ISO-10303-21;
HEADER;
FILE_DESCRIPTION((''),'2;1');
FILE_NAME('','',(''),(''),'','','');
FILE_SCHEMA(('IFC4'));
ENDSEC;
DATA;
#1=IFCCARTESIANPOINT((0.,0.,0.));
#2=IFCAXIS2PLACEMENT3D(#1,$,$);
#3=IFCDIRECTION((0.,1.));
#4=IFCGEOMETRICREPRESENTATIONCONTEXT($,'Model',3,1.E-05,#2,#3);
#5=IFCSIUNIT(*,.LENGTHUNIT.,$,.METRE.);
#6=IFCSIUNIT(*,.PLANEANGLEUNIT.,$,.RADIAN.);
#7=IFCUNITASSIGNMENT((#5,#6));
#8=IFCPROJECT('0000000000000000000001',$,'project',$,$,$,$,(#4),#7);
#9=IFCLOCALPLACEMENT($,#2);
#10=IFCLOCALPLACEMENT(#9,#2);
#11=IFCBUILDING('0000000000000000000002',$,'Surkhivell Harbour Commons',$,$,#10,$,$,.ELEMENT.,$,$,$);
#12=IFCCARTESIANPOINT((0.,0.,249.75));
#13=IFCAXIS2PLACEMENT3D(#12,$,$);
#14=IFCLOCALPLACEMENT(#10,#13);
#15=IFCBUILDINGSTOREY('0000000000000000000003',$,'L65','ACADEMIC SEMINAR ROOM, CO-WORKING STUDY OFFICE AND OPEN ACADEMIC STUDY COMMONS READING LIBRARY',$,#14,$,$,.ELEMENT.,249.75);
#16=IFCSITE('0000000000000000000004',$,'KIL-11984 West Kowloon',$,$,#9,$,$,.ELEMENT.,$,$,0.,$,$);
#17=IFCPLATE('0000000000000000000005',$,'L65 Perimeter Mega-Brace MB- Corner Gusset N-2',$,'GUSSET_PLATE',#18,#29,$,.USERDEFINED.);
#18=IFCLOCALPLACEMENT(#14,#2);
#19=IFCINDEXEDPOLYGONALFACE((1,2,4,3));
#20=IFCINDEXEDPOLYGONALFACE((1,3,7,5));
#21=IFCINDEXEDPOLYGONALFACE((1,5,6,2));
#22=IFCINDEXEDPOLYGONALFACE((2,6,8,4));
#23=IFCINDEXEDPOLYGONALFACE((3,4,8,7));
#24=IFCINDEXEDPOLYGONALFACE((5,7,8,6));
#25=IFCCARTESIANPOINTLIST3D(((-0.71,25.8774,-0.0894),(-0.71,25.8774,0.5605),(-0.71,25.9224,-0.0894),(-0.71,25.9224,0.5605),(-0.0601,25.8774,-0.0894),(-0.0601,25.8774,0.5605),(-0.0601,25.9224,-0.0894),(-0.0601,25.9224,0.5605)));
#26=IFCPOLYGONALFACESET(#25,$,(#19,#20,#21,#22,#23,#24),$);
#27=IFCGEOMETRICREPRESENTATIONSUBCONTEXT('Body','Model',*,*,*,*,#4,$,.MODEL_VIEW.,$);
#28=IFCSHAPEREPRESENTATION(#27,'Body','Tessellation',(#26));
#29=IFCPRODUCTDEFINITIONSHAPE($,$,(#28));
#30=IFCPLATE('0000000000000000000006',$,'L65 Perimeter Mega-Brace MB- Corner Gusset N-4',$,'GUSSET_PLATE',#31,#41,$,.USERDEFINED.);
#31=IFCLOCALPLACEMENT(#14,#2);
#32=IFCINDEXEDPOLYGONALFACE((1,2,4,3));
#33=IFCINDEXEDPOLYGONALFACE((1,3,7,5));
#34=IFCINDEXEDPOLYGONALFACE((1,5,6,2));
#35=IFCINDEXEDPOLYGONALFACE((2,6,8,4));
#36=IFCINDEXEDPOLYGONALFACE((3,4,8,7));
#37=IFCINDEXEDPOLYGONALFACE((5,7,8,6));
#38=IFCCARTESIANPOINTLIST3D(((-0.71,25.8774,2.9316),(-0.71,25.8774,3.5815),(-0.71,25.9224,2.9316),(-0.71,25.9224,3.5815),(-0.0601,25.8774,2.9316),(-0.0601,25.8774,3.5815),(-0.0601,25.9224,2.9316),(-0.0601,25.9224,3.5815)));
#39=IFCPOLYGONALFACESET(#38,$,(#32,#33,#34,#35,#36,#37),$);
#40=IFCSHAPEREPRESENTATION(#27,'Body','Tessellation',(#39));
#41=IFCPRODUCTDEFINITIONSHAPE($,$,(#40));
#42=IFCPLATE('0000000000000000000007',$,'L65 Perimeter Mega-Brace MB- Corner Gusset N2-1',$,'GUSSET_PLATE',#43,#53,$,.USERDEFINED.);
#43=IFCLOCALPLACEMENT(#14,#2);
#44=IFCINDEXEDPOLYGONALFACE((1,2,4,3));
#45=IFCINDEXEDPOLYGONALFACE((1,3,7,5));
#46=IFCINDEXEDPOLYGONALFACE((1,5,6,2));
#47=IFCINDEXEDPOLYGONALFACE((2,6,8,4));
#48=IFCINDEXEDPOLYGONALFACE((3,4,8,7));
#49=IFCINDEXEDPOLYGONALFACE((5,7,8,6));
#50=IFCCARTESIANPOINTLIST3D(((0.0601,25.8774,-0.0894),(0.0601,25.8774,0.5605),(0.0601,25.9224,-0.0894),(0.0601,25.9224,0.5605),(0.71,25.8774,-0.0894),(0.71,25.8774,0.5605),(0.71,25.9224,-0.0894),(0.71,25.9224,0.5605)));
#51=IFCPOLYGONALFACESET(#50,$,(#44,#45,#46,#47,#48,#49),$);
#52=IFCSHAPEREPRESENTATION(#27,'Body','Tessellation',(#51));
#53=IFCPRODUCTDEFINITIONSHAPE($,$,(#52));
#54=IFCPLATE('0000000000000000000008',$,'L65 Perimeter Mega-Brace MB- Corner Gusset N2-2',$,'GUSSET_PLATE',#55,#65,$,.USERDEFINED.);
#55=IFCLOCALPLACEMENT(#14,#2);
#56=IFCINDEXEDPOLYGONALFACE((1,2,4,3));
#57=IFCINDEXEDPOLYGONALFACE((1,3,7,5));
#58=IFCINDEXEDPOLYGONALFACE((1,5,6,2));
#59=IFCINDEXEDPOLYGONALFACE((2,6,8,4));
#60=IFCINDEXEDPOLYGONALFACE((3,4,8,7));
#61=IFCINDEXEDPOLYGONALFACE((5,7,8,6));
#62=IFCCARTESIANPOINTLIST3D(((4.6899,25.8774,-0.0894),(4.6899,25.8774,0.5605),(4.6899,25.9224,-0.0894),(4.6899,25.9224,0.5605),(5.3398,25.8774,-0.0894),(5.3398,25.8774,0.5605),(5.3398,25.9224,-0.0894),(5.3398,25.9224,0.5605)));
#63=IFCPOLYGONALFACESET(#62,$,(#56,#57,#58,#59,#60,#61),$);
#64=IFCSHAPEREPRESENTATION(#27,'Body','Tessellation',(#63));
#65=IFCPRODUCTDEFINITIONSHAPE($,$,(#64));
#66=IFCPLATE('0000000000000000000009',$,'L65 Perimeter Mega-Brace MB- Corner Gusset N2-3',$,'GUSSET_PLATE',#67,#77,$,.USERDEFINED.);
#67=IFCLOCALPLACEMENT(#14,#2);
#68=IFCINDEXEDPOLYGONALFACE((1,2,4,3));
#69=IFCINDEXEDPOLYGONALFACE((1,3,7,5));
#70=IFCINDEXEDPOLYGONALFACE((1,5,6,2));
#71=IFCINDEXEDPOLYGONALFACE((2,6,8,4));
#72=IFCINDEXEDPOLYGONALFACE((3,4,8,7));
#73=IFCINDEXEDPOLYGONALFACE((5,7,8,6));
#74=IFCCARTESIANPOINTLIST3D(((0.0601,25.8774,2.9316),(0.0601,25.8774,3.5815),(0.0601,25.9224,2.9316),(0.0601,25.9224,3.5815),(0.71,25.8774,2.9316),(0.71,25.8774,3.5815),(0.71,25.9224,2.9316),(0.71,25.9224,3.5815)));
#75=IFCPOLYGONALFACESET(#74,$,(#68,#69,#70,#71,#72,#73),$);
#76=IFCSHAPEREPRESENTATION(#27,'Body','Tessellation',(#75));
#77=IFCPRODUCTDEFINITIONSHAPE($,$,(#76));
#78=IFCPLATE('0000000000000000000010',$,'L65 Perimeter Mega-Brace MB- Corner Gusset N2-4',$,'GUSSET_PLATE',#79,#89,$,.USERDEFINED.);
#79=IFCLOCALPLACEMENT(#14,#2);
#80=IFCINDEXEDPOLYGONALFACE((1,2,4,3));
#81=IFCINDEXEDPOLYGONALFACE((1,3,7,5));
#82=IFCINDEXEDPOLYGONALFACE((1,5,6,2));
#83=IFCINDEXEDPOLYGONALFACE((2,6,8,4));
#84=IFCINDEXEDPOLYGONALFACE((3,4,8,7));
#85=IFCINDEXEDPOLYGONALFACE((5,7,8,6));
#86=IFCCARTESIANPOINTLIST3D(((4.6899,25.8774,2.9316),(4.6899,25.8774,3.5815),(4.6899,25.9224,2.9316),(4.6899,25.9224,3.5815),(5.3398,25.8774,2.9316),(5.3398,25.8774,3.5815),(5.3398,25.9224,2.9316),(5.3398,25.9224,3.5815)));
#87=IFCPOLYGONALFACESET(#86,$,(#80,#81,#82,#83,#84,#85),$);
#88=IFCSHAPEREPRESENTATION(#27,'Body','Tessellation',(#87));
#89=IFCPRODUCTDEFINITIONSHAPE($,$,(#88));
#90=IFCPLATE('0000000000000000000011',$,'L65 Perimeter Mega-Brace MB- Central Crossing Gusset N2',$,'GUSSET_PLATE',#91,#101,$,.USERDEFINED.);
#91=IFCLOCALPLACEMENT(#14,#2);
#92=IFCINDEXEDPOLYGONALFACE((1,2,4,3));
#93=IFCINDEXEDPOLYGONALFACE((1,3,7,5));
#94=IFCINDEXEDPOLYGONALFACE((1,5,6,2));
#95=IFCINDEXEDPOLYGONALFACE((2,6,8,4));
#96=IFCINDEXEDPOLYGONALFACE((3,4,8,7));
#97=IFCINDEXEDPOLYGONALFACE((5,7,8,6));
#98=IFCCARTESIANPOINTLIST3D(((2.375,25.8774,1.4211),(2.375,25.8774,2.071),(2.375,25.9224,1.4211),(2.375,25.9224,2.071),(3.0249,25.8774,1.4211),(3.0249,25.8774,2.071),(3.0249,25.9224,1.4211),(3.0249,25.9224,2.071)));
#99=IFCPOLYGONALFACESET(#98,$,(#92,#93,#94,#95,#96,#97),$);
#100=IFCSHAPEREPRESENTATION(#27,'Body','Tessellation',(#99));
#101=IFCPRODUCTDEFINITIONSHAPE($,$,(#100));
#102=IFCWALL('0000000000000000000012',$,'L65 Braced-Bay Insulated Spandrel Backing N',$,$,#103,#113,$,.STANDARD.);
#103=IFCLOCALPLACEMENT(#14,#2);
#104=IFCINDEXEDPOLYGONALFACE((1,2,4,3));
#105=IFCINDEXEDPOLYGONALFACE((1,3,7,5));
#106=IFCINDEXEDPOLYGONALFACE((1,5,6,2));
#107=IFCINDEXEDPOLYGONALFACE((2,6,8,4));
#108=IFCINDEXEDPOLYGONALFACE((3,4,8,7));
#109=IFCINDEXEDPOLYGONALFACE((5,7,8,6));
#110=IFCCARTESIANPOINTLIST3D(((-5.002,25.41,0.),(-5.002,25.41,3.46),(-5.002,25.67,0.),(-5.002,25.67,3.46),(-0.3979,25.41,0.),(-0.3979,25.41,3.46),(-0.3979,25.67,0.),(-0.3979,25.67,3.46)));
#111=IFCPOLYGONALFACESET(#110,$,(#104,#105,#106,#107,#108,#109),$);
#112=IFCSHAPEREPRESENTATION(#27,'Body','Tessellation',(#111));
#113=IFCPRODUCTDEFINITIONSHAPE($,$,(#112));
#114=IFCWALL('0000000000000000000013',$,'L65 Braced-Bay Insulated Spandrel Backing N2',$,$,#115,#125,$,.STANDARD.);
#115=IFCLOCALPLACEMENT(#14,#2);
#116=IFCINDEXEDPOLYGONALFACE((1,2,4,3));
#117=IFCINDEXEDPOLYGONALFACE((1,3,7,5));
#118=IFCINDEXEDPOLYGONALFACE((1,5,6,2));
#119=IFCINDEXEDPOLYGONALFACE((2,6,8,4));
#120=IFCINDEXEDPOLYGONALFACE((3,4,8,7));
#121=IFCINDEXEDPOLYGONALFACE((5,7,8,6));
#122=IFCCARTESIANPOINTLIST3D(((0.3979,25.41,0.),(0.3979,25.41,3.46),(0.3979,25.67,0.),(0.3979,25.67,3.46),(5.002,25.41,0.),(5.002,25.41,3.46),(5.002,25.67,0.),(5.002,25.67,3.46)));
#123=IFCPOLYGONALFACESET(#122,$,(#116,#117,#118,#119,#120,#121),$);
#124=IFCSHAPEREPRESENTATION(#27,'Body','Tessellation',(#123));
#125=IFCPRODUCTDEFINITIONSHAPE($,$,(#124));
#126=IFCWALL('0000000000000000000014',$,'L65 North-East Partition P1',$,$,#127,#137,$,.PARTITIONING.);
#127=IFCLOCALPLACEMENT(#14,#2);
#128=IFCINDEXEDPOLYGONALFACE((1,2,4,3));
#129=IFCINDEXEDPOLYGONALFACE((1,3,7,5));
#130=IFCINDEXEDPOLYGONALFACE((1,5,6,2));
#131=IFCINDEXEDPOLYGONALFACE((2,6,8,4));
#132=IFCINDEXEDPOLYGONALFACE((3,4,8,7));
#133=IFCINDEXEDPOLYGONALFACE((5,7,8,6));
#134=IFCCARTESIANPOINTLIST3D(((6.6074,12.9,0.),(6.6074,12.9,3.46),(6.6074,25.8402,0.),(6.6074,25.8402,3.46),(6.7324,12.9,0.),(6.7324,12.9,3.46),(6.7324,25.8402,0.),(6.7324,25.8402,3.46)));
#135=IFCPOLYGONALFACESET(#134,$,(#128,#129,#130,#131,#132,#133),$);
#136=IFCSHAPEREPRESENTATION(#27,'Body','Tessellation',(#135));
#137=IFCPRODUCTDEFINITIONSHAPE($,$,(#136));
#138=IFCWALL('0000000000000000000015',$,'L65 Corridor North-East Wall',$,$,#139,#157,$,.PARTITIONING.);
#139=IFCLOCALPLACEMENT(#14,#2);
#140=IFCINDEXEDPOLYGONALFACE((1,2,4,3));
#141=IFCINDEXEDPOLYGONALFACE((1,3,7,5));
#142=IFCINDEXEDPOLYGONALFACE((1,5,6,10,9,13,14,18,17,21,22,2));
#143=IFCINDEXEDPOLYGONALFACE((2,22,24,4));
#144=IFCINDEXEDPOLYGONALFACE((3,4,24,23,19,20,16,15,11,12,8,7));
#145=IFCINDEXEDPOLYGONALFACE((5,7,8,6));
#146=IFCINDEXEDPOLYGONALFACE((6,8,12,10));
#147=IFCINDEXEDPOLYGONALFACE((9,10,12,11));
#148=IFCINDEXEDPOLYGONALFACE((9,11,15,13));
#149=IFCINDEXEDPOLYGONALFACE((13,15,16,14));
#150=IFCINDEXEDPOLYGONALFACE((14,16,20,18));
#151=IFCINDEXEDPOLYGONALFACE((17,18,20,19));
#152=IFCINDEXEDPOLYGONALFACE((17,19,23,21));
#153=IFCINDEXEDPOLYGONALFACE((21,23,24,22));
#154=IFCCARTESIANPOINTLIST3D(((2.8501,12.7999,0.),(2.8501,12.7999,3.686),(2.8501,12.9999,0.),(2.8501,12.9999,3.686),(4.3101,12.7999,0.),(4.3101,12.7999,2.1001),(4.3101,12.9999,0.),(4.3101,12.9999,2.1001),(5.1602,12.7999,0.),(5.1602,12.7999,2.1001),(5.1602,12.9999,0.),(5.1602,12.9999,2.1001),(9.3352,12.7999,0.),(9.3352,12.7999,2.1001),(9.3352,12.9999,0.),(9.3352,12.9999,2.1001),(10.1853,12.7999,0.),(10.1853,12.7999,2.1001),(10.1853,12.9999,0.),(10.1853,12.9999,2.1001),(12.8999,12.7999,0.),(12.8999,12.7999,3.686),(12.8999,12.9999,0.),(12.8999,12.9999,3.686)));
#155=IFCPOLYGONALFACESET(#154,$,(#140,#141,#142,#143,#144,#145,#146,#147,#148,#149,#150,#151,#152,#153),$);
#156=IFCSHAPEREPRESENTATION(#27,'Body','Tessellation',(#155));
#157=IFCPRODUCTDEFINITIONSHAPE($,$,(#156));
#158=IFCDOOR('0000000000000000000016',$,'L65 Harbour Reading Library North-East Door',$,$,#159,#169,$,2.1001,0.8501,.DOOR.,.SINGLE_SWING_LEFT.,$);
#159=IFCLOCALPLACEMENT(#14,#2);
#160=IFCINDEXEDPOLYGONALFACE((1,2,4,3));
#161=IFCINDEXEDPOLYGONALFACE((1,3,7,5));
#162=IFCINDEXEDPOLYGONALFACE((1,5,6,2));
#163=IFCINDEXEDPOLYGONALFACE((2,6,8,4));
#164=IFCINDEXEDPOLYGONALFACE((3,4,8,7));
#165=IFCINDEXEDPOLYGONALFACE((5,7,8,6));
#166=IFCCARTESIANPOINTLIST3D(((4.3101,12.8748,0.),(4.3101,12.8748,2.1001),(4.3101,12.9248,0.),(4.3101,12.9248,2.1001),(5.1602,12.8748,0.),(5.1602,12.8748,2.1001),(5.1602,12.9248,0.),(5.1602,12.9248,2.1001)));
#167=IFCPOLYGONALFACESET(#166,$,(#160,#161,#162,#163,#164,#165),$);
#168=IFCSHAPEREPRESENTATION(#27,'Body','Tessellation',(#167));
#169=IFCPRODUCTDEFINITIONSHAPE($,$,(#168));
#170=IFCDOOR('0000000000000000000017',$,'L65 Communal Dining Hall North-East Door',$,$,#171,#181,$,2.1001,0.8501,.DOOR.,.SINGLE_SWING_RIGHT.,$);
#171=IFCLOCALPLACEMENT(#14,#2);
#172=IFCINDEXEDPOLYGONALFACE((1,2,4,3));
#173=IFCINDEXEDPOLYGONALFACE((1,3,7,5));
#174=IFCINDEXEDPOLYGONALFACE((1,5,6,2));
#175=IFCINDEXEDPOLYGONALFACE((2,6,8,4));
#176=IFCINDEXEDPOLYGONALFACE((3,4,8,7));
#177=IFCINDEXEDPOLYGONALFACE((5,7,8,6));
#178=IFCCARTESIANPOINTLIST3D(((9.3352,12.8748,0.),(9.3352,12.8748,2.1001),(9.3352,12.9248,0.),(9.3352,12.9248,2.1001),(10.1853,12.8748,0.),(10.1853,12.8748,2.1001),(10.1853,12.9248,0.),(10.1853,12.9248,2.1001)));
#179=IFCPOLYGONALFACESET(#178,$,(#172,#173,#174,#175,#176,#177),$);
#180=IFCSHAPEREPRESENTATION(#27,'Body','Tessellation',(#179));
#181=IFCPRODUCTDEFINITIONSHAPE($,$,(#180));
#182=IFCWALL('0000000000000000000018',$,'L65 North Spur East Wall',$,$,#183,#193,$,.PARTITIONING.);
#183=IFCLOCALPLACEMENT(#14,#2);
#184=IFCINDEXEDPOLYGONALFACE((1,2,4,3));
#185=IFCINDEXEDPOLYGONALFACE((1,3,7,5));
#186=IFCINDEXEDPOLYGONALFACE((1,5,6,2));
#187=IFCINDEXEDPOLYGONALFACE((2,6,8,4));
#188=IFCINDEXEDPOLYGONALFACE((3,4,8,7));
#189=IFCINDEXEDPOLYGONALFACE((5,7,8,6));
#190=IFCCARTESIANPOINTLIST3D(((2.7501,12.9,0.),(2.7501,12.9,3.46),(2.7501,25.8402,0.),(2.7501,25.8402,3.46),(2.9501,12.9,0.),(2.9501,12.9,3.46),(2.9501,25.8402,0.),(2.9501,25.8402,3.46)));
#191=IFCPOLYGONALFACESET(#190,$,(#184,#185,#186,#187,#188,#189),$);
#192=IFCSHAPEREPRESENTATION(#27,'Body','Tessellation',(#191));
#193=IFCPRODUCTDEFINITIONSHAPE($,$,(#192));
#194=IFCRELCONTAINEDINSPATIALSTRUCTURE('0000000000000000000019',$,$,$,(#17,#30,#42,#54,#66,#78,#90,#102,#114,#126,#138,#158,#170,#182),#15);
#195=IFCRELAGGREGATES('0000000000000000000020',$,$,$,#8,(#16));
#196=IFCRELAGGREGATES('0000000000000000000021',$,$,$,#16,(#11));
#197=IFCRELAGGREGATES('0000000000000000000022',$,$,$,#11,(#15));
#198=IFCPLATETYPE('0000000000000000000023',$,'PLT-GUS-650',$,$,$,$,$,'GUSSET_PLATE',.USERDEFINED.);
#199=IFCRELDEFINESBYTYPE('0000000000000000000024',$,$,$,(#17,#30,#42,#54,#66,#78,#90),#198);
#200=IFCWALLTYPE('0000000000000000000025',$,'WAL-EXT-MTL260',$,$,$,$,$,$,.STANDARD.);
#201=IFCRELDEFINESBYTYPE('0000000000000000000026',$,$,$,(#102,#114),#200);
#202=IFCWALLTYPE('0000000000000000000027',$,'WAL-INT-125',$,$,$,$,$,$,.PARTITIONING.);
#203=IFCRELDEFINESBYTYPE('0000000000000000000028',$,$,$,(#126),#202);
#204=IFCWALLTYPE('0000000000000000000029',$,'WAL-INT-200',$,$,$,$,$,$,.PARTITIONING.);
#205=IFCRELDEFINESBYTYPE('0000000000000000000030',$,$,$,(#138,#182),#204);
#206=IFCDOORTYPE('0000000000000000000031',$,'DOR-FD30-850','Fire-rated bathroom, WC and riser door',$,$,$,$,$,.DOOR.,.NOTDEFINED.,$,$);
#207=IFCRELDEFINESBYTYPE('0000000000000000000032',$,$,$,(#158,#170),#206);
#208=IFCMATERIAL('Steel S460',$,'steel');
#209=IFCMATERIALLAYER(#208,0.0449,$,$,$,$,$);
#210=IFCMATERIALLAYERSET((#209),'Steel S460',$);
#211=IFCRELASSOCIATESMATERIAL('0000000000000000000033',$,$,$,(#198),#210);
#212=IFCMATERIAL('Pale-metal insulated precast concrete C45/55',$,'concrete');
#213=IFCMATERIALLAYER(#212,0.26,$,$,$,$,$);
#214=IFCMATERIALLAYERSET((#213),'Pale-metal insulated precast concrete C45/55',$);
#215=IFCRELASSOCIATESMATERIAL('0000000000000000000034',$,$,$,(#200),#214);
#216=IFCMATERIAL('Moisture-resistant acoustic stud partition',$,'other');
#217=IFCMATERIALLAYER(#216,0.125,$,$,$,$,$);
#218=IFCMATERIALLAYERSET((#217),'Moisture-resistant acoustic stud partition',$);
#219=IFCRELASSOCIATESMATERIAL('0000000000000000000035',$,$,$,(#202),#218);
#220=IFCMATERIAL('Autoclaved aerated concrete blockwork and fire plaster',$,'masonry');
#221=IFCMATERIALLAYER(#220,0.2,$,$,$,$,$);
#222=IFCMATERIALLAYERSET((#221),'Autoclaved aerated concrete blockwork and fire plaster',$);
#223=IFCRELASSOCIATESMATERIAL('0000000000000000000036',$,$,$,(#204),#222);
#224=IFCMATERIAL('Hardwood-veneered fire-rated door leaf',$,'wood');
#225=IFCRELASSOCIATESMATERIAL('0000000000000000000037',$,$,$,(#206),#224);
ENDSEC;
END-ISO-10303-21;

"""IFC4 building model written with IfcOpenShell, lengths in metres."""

from ifc_helpers import new_model, si_unit, direction, frame, frame_2d, origin, origin_2d, place, context, subcontext, project, spatial, rectangle, extrude, material, layer, layer_set, type_object, element, fill, save


model = new_model("IFC4")

# Units and contexts
model_context = context("Model", 3, precision=1e-05, world=origin(), true_north=direction((0.0, 1.0)))
body_context = subcontext(model_context, "Body", "Model", "MODEL_VIEW")
ifc_project = project(units=[si_unit("LENGTHUNIT", "METRE"), si_unit("PLANEANGLEUNIT", "RADIAN")], contexts=[model_context])

# Site, building, storey
site_placement = place(None, origin())
site = spatial("IfcSite", under=ifc_project, at=site_placement, Name="KIL-11984 West Kowloon", CompositionType="ELEMENT", RefElevation=0.0)
building_placement = place(site_placement, origin())
building = spatial("IfcBuilding", under=site, at=building_placement, Name="Surkhivell Harbour Commons", CompositionType="ELEMENT")
storey_placement = place(building_placement, frame((0.0, 0.0, 249.75)))
storey = spatial("IfcBuildingStorey", under=building, at=storey_placement, Name="L65", Description="ACADEMIC SEMINAR ROOM, CO-WORKING STUDY OFFICE AND OPEN ACADEMIC STUDY COMMONS READING LIBRARY", CompositionType="ELEMENT", Elevation=249.75)

# Shared definitions
ifc_material_1 = material(Name="Steel S460", Category="steel")

# Plates
ifc_layer_1 = layer(ifc_material_1, 0.0449)
ifc_layer_set_1 = layer_set([ifc_layer_1], Name="Steel S460")
plate_type = type_object("IfcPlateType", Name="PLT-GUS-650", ElementType="GUSSET_PLATE", PredefinedType="USERDEFINED", material=ifc_layer_set_1)
for number, where, z_axis, x_axis, name in (
    (1, (-0.385, 25.8999, -0.0894), (0.0, 0.0, 1.0), (1.0, 0.0, 0.0), "L65 Perimeter Mega-Brace MB- Corner Gusset N-2"),
    (2, (-0.385, 25.8999, 2.9316), (0.0, 0.0, 1.0), (1.0, 0.0, 0.0), "L65 Perimeter Mega-Brace MB- Corner Gusset N-4"),
    (3, (0.385, 25.8999, -0.0894), (0.0, 0.0, 1.0), (1.0, 0.0, 0.0), "L65 Perimeter Mega-Brace MB- Corner Gusset N2-1"),
    (4, (5.0149, 25.8999, -0.0894), (0.0, 0.0, 1.0), (1.0, 0.0, 0.0), "L65 Perimeter Mega-Brace MB- Corner Gusset N2-2"),
    (5, (0.385, 25.8999, 2.9316), (0.0, 0.0, 1.0), (1.0, 0.0, 0.0), "L65 Perimeter Mega-Brace MB- Corner Gusset N2-3"),
    (6, (5.0149, 25.8999, 2.9316), (0.0, 0.0, 1.0), (1.0, 0.0, 0.0), "L65 Perimeter Mega-Brace MB- Corner Gusset N2-4"),
    (7, (2.7, 25.8999, 1.4211), (0.0, 0.0, 1.0), (1.0, 0.0, 0.0), "L65 Perimeter Mega-Brace MB- Central Crossing Gusset N2"),
):
    element("IfcPlate", number, at=place(storey_placement, frame(where, z_axis=z_axis, x_axis=x_axis)), inside=storey, type_object=plate_type, Name=name, ObjectType="GUSSET_PLATE", PredefinedType="USERDEFINED", context=body_context, shape_type="SweptSolid", body=[
        extrude(rectangle(XDim=0.6499, YDim=0.0449, at=origin_2d()), origin(), (0.0, 0.0, 1.0), 0.6499),
    ])

# Walls
ifc_material_2 = material(Name="Pale-metal insulated precast concrete C45/55", Category="concrete")
ifc_layer_2 = layer(ifc_material_2, 0.26)
ifc_layer_set_2 = layer_set([ifc_layer_2], Name="Pale-metal insulated precast concrete C45/55")
wall_type_1 = type_object("IfcWallType", Name="WAL-EXT-MTL260", PredefinedType="STANDARD", material=ifc_layer_set_2)
for number, where, z_axis, x_axis, name in (
    (8, (-0.3979, 25.54, 0.0), (0.0, 0.0, 1.0), (-1.0, 0.0, 0.0), "L65 Braced-Bay Insulated Spandrel Backing N"),
    (9, (5.002, 25.54, 0.0), (0.0, 0.0, 1.0), (-1.0, 0.0, 0.0), "L65 Braced-Bay Insulated Spandrel Backing N2"),
):
    element("IfcWall", number, at=place(storey_placement, frame(where, z_axis=z_axis, x_axis=x_axis)), inside=storey, type_object=wall_type_1, Name=name, PredefinedType="STANDARD", context=body_context, shape_type="SweptSolid", body=[
        extrude(rectangle(XDim=4.604, YDim=0.26, at=frame_2d((2.302, 0.0))), origin(), (0.0, 0.0, 1.0), 3.46),
    ])
ifc_material_3 = material(Name="Moisture-resistant acoustic stud partition", Category="other")
ifc_layer_3 = layer(ifc_material_3, 0.125)
ifc_layer_set_3 = layer_set([ifc_layer_3], Name="Moisture-resistant acoustic stud partition")
wall_type_2 = type_object("IfcWallType", Name="WAL-INT-125", PredefinedType="PARTITIONING", material=ifc_layer_set_3)
wall_1_placement = place(storey_placement, frame((6.6699, 12.8999, 0.0), z_axis=(0.0, 0.0, 1.0), x_axis=(0.0, 1.0, 0.0)))
element("IfcWall", 10, at=wall_1_placement, inside=storey, type_object=wall_type_2, Name="L65 North-East Partition P1", PredefinedType="PARTITIONING", context=body_context, shape_type="SweptSolid", body=[
    extrude(rectangle(XDim=12.9402, YDim=0.125, at=frame_2d((6.4702, 0.0))), origin(), (0.0, 0.0, 1.0), 3.46),
])

# Wall, openings, doors
ifc_material_4 = material(Name="Autoclaved aerated concrete blockwork and fire plaster", Category="masonry")
ifc_layer_4 = layer(ifc_material_4, 0.2)
ifc_layer_set_4 = layer_set([ifc_layer_4], Name="Autoclaved aerated concrete blockwork and fire plaster")
wall_type_3 = type_object("IfcWallType", Name="WAL-INT-200", PredefinedType="PARTITIONING", material=ifc_layer_set_4)
wall_2_placement = place(storey_placement, frame((2.8501, 12.8999, 0.0), z_axis=(0.0, 0.0, 1.0), x_axis=(1.0, 0.0, 0.0)))
wall_2 = element("IfcWall", 11, at=wall_2_placement, inside=storey, type_object=wall_type_3, Name="L65 Corridor North-East Wall", PredefinedType="PARTITIONING", context=body_context, shape_type="SweptSolid", body=[
    extrude(rectangle(XDim=10.0498, YDim=0.2, at=frame_2d((5.0249, 0.0))), origin(), (0.0, 0.0, 1.0), 3.686),
])
opening_1_placement = place(wall_2_placement, frame((1.46, 0.0, 0.0)))
opening_1 = element("IfcOpeningElement", 12, at=opening_1_placement, cuts=wall_2, PredefinedType="OPENING", context=body_context, shape_type="SweptSolid", body=[
    extrude(rectangle(XDim=0.8501, YDim=2.1001, at=frame_2d((0.425, 1.05))), frame((0.0, 0.1099, 0.0), z_axis=(0.0, -1.0, 0.0), x_axis=(1.0, 0.0, 0.0)), (0.0, 0.0, 1.0), 0.22),
])
opening_2_placement = place(wall_2_placement, frame((6.4851, 0.0, 0.0)))
opening_2 = element("IfcOpeningElement", 13, at=opening_2_placement, cuts=wall_2, PredefinedType="OPENING", context=body_context, shape_type="SweptSolid", body=[
    extrude(rectangle(XDim=0.8501, YDim=2.1001, at=frame_2d((0.425, 1.05))), frame((0.0, 0.1099, 0.0), z_axis=(0.0, -1.0, 0.0), x_axis=(1.0, 0.0, 0.0)), (0.0, 0.0, 1.0), 0.22),
])
ifc_material_5 = material(Name="Hardwood-veneered fire-rated door leaf", Category="wood")
door_type = type_object("IfcDoorType", Name="DOR-FD30-850", Description="Fire-rated bathroom, WC and riser door", OperationType="NOTDEFINED", PredefinedType="DOOR", material=ifc_material_5)
door_1_placement = place(opening_1_placement, origin())
door_1 = element("IfcDoor", 14, at=door_1_placement, inside=storey, type_object=door_type, Name="L65 Harbour Reading Library North-East Door", OperationType="SINGLE_SWING_LEFT", OverallHeight=2.1001, OverallWidth=0.8501, PredefinedType="DOOR", context=body_context, shape_type="SweptSolid", body=[
    extrude(rectangle(XDim=0.8501, YDim=2.1001, at=frame_2d((0.425, 1.05))), frame((0.0, 0.0249, 0.0), z_axis=(0.0, -1.0, 0.0), x_axis=(1.0, 0.0, 0.0)), (0.0, 0.0, 1.0), 0.05),
])
fill(opening_1, door_1)
door_2_placement = place(opening_2_placement, origin())
door_2 = element("IfcDoor", 15, at=door_2_placement, inside=storey, type_object=door_type, Name="L65 Communal Dining Hall North-East Door", OperationType="SINGLE_SWING_RIGHT", OverallHeight=2.1001, OverallWidth=0.8501, PredefinedType="DOOR", context=body_context, shape_type="SweptSolid", body=[
    extrude(rectangle(XDim=0.8501, YDim=2.1001, at=frame_2d((0.425, 1.05))), frame((0.0, 0.0249, 0.0), z_axis=(0.0, -1.0, 0.0), x_axis=(1.0, 0.0, 0.0)), (0.0, 0.0, 1.0), 0.05),
])
fill(opening_2, door_2)

# Wall
wall_3_placement = place(storey_placement, frame((2.8501, 12.8999, 0.0), z_axis=(0.0, 0.0, 1.0), x_axis=(0.0, 1.0, 0.0)))
element("IfcWall", 16, at=wall_3_placement, inside=storey, type_object=wall_type_3, Name="L65 North Spur East Wall", PredefinedType="PARTITIONING", context=body_context, shape_type="SweptSolid", body=[
    extrude(rectangle(XDim=12.9402, YDim=0.2, at=frame_2d((6.4702, 0.0))), origin(), (0.0, 0.0, 1.0), 3.46),
])

save(model, "model.ifc")
